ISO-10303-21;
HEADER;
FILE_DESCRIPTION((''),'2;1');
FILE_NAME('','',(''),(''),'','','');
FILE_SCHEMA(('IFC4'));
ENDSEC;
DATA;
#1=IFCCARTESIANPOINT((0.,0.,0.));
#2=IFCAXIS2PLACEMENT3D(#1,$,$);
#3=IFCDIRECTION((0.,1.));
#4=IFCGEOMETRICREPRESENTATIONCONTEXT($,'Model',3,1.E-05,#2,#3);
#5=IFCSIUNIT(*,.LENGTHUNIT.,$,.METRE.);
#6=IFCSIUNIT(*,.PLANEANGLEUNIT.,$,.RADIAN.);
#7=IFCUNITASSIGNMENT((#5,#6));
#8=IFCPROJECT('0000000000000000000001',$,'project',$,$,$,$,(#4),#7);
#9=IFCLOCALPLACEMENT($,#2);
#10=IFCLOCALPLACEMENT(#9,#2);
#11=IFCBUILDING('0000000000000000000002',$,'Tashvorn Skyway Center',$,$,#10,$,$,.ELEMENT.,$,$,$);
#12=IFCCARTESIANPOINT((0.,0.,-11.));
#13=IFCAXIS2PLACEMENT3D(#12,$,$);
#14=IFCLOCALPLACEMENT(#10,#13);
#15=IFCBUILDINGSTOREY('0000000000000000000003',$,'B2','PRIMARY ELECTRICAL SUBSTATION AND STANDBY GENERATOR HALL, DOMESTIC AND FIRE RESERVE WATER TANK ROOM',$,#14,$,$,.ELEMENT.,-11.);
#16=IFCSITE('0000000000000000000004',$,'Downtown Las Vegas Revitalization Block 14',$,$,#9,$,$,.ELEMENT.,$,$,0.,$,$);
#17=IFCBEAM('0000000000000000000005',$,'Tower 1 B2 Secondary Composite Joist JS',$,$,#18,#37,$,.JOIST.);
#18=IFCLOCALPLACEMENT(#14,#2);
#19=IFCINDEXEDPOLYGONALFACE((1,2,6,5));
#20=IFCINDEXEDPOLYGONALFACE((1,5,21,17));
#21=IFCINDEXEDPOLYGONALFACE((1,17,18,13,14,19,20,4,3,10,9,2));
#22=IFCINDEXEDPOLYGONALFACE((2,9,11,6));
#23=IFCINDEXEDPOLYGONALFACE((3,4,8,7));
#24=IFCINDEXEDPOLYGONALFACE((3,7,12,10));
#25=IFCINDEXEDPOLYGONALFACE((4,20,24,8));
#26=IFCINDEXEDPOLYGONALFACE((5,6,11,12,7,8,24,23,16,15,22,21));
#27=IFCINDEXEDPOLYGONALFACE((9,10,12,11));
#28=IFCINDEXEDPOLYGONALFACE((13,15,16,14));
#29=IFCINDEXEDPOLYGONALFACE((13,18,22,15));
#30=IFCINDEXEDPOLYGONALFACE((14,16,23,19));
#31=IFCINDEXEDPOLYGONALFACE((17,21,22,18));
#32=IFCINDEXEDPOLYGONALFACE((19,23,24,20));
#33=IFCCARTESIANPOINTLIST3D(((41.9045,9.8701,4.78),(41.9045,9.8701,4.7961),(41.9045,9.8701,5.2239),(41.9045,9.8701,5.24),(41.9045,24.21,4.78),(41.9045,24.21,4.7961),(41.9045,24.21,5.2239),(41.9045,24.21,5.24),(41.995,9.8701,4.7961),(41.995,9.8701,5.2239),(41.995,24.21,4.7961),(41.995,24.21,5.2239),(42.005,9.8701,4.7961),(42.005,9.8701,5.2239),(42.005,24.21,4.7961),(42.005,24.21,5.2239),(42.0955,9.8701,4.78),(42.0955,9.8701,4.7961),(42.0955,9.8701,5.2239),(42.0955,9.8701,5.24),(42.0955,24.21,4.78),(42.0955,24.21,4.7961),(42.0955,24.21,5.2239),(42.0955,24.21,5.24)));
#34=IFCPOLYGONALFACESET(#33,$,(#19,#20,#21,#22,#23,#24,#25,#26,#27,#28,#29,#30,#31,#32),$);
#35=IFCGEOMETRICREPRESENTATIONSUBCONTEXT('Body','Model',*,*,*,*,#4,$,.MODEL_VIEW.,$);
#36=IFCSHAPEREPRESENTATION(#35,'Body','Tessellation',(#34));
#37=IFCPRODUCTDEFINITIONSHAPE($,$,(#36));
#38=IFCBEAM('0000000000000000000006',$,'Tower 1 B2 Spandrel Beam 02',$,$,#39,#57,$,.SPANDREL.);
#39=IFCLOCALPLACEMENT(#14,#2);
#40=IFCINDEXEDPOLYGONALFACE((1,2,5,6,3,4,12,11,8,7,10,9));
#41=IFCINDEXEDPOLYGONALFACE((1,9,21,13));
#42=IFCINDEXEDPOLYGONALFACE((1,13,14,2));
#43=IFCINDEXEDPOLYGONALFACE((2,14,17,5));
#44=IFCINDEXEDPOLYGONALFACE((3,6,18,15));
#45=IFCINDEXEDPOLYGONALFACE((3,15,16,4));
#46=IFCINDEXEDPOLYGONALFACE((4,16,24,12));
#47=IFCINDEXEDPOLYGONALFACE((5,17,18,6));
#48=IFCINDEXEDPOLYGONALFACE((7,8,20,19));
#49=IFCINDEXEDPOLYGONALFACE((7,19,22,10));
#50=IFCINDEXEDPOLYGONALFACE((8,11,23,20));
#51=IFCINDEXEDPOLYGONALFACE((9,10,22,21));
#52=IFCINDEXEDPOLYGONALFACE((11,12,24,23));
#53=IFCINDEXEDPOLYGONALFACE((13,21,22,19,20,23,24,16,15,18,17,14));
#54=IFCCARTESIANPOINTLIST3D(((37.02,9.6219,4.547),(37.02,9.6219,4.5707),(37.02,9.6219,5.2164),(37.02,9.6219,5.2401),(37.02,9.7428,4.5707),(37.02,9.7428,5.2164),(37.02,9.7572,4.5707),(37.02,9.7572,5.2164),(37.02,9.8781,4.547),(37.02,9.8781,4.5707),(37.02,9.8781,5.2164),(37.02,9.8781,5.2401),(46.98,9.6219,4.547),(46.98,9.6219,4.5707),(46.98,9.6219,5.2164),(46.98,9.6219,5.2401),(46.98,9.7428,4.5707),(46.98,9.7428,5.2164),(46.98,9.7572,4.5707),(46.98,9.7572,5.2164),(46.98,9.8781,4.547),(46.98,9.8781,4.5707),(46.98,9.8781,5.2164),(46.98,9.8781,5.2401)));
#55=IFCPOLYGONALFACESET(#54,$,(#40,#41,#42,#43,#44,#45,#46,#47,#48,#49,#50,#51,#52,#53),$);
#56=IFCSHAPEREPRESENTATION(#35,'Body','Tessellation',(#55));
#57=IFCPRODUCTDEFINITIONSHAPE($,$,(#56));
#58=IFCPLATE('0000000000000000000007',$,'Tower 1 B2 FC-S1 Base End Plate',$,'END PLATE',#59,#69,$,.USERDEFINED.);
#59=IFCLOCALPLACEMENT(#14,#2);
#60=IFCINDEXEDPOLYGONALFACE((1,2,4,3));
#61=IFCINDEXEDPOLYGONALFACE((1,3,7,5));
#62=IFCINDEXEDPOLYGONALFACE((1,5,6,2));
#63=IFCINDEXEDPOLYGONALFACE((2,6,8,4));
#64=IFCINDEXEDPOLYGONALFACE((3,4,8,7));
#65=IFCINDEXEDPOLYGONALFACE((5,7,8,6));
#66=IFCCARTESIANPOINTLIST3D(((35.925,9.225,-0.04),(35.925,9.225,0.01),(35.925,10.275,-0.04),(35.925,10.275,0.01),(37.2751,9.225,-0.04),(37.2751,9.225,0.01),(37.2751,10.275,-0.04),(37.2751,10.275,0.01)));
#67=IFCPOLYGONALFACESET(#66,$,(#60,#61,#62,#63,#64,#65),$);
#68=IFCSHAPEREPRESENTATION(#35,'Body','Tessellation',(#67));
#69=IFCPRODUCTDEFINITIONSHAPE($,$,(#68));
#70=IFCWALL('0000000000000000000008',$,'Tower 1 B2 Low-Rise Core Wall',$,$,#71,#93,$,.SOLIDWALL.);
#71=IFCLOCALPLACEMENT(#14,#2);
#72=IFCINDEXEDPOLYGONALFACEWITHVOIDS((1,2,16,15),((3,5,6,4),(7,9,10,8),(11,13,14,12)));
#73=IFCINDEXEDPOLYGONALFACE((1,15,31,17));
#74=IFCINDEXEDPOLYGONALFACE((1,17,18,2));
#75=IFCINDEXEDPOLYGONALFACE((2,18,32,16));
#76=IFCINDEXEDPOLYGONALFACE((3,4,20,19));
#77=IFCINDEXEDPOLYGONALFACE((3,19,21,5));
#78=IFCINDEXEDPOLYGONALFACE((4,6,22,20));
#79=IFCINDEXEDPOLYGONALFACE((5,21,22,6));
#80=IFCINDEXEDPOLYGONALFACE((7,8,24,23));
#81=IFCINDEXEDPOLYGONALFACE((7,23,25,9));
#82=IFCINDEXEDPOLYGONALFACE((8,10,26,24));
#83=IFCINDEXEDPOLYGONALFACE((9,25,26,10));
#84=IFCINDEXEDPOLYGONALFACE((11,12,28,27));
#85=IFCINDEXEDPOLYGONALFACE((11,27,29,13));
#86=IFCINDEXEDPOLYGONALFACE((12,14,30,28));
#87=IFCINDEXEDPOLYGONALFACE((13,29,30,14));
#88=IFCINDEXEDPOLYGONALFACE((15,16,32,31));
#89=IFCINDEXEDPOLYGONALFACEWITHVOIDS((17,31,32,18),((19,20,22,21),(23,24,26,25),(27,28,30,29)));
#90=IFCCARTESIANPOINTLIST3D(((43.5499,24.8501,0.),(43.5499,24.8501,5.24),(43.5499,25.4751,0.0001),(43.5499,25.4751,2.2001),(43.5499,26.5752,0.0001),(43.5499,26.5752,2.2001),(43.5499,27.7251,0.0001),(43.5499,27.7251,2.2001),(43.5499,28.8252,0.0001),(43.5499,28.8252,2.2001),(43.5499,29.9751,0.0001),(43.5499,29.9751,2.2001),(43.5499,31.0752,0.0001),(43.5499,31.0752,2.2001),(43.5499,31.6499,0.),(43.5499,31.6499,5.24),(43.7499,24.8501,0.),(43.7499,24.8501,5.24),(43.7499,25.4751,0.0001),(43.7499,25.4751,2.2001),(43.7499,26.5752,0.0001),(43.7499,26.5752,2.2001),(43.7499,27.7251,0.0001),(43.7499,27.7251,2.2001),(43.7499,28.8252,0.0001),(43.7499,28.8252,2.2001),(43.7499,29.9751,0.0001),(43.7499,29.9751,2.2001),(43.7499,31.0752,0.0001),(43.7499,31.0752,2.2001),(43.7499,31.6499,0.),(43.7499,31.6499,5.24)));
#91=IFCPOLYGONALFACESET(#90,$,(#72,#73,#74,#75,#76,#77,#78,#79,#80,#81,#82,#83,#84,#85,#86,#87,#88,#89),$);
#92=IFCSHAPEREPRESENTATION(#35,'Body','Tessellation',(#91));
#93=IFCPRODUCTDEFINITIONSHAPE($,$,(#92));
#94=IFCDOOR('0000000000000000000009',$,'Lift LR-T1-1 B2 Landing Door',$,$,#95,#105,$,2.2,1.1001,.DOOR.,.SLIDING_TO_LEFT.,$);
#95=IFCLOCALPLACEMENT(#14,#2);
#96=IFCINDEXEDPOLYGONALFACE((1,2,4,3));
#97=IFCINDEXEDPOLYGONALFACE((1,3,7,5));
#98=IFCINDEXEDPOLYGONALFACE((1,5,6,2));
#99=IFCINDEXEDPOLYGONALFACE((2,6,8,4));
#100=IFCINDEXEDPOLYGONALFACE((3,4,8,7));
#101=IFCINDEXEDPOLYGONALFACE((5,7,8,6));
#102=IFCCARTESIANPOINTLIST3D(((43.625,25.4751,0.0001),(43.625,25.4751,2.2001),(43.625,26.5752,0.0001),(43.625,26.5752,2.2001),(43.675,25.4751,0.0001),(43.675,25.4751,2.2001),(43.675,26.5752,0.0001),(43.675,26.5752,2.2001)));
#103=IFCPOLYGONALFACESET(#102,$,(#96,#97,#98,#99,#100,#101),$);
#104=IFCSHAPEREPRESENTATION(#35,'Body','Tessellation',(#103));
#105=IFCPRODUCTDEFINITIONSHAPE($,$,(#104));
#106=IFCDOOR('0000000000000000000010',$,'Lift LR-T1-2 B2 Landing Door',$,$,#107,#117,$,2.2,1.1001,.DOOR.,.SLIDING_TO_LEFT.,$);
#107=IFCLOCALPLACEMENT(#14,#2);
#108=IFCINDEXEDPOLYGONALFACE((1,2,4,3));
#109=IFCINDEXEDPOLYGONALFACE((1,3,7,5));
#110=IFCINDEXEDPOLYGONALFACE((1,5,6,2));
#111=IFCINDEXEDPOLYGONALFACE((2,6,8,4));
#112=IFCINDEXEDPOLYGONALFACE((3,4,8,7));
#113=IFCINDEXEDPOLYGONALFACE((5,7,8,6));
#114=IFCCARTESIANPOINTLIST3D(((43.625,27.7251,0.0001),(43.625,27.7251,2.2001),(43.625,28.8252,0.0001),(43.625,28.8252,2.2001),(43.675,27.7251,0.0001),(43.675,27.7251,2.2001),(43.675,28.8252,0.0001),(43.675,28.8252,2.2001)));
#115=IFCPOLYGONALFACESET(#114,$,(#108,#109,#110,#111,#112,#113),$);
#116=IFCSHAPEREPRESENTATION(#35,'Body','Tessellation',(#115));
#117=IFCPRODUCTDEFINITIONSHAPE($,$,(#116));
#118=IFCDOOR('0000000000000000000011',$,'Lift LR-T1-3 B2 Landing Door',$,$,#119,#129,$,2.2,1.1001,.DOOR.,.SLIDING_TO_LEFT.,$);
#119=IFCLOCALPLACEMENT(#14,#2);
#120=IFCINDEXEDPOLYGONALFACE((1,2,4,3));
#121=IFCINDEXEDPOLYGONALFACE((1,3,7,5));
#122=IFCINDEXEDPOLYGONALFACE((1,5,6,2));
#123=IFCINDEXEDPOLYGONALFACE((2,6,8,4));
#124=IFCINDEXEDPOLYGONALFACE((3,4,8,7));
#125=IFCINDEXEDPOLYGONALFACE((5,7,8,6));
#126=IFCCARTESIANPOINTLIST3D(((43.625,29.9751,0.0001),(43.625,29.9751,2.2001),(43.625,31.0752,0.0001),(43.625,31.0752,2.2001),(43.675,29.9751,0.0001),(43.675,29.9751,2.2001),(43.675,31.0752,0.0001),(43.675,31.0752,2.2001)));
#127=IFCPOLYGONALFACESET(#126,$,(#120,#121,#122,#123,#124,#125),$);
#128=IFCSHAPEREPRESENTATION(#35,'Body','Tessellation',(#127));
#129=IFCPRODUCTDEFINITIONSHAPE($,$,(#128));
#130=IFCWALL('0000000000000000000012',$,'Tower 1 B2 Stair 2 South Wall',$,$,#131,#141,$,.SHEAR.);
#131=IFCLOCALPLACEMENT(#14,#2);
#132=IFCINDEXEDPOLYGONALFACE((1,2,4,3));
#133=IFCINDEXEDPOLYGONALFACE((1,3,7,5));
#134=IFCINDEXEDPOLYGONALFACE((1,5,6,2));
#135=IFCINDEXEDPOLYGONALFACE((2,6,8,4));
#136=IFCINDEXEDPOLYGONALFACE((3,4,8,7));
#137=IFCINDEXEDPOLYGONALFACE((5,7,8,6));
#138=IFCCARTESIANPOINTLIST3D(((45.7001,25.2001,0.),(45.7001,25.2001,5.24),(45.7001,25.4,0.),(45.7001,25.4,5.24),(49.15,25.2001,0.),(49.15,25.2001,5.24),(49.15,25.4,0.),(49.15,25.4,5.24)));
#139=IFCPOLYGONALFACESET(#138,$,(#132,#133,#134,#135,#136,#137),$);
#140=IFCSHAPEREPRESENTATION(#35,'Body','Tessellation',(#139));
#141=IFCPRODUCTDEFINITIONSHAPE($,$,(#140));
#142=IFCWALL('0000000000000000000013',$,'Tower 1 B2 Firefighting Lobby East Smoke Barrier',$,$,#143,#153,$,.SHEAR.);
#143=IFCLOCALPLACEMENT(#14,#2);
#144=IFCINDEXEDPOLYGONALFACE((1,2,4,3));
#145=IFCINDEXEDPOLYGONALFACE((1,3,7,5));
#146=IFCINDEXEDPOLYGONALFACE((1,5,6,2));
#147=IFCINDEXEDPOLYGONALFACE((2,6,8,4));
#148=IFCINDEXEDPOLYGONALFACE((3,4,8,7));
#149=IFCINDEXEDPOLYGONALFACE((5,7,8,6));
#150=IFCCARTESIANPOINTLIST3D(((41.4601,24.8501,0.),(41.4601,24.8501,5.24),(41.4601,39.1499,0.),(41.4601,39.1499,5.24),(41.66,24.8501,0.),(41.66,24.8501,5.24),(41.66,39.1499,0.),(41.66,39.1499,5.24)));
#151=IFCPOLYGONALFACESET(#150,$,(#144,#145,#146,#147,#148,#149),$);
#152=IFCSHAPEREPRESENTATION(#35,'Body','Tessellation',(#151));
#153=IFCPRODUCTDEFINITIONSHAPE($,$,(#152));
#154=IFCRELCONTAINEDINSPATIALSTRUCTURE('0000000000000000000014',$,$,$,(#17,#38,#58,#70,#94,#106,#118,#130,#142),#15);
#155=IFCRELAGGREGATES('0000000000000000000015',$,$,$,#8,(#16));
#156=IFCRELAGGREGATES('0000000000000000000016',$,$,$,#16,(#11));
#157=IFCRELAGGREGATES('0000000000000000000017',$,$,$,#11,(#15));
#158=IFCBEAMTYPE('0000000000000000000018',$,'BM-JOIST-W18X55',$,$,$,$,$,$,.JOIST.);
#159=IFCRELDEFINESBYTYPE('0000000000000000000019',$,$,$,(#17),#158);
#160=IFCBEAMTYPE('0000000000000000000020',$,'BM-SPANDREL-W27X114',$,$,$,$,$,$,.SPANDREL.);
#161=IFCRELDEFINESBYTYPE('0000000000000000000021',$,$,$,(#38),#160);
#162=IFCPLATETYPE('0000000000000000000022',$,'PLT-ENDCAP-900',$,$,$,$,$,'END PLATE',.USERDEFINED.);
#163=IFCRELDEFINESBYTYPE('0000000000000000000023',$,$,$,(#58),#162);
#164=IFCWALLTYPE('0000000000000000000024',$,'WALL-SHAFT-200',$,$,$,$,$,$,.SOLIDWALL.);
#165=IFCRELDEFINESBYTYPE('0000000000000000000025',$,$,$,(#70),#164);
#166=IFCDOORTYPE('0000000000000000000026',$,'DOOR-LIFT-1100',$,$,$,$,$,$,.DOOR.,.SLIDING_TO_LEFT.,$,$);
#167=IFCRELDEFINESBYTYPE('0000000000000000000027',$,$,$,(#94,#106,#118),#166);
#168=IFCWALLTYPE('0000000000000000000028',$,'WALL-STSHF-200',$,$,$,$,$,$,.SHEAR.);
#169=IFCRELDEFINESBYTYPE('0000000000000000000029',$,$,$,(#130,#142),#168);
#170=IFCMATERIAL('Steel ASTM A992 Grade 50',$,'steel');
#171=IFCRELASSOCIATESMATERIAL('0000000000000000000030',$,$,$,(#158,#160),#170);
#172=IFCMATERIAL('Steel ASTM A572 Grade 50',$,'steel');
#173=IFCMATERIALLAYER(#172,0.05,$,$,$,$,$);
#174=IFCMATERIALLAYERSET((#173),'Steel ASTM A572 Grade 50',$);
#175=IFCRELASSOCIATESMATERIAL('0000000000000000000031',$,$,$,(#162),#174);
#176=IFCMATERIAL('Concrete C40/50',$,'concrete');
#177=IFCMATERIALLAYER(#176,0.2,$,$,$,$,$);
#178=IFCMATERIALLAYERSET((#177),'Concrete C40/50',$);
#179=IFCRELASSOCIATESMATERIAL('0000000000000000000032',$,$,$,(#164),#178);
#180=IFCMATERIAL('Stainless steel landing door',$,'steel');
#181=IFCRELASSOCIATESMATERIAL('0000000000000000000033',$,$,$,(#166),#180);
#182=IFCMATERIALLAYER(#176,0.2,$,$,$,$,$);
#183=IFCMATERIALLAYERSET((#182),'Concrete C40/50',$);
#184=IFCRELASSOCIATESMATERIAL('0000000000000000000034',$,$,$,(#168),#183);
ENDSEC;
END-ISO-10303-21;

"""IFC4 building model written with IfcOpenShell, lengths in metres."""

from ifc_helpers import new_model, si_unit, direction, frame, frame_2d, origin, origin_2d, place, context, subcontext, project, spatial, rectangle, i_section, extrude, material, layer, layer_set, material_profile, profile_set, type_object, element, fill, save


model = new_model("IFC4")

# Units and contexts
model_context = context("Model", 3, precision=1e-05, world=origin(), true_north=direction((0.0, 1.0)))
body_context = subcontext(model_context, "Body", "Model", "MODEL_VIEW")
ifc_project = project(units=[si_unit("LENGTHUNIT", "METRE"), si_unit("PLANEANGLEUNIT", "RADIAN")], contexts=[model_context])

# Site, building, storey
site_placement = place(None, origin())
site = spatial("IfcSite", under=ifc_project, at=site_placement, Name="Downtown Las Vegas Revitalization Block 14", CompositionType="ELEMENT", RefElevation=0.0)
building_placement = place(site_placement, origin())
building = spatial("IfcBuilding", under=site, at=building_placement, Name="Tashvorn Skyway Center", CompositionType="ELEMENT")
storey_placement = place(building_placement, frame((0.0, 0.0, -11.0)))
storey = spatial("IfcBuildingStorey", under=building, at=storey_placement, Name="B2", Description="PRIMARY ELECTRICAL SUBSTATION AND STANDBY GENERATOR HALL, DOMESTIC AND FIRE RESERVE WATER TANK ROOM", CompositionType="ELEMENT", Elevation=-11.0)

# Shared definitions
ifc_material_1 = material(Name="Steel ASTM A572 Grade 50", Category="steel")

# Beams
ifc_material_2 = material(Name="Steel ASTM A992 Grade 50", Category="steel")
ifc_material_profile_1 = material_profile(ifc_material_2, i_section(OverallWidth=0.1909, OverallDepth=0.46, WebThickness=0.01, FlangeThickness=0.0161, at=origin_2d()), Name="W18X55")
ifc_profile_set_1 = profile_set([ifc_material_profile_1], Name="Steel ASTM A992 Grade 50")
beam_type_1 = type_object("IfcBeamType", Name="BM-JOIST-W18X55", PredefinedType="JOIST", material=ifc_profile_set_1)
beam_1_placement = place(storey_placement, frame((42.0, 24.21, 5.01), z_axis=(0.0, -1.0, 0.0), x_axis=(1.0, 0.0, 0.0)))
element("IfcBeam", 1, at=beam_1_placement, inside=storey, type_object=beam_type_1, Name="Tower 1 B2 Secondary Composite Joist JS", PredefinedType="JOIST", context=body_context, shape_type="SweptSolid", body=[
    extrude(i_section(OverallWidth=0.1909, OverallDepth=0.46, WebThickness=0.01, FlangeThickness=0.0161, at=origin_2d()), origin(), (0.0, 0.0, 1.0), 14.3398),
])
ifc_material_profile_2 = material_profile(ifc_material_2, i_section(OverallWidth=0.2561, OverallDepth=0.6931, WebThickness=0.0144, FlangeThickness=0.0237, at=origin_2d()), Name="W27X114")
ifc_profile_set_2 = profile_set([ifc_material_profile_2], Name="Steel ASTM A992 Grade 50")
beam_type_2 = type_object("IfcBeamType", Name="BM-SPANDREL-W27X114", PredefinedType="SPANDREL", material=ifc_profile_set_2)
beam_2_placement = place(storey_placement, frame((37.02, 9.75, 4.8936), z_axis=(1.0, 0.0, 0.0), x_axis=(0.0, 1.0, 0.0)))
element("IfcBeam", 2, at=beam_2_placement, inside=storey, type_object=beam_type_2, Name="Tower 1 B2 Spandrel Beam 02", PredefinedType="SPANDREL", context=body_context, shape_type="SweptSolid", body=[
    extrude(i_section(OverallWidth=0.2561, OverallDepth=0.6931, WebThickness=0.0144, FlangeThickness=0.0237, at=origin_2d()), origin(), (0.0, 0.0, 1.0), 9.96),
])

# Plate
ifc_layer_1 = layer(ifc_material_1, 0.05)
ifc_layer_set_1 = layer_set([ifc_layer_1], Name="Steel ASTM A572 Grade 50")
plate_type = type_object("IfcPlateType", Name="PLT-ENDCAP-900", ElementType="END PLATE", PredefinedType="USERDEFINED", material=ifc_layer_set_1)
plate_placement = place(storey_placement, frame((36.6001, 9.75, -0.04), z_axis=(0.0, 0.0, 1.0), x_axis=(1.0, 0.0, 0.0)))
element("IfcPlate", 3, at=plate_placement, inside=storey, type_object=plate_type, Name="Tower 1 B2 FC-S1 Base End Plate", ObjectType="END PLATE", PredefinedType="USERDEFINED", context=body_context, shape_type="SweptSolid", body=[
    extrude(rectangle(XDim=1.3501, YDim=1.05, at=origin_2d()), origin(), (0.0, 0.0, 1.0), 0.05),
])

# Wall, openings, doors
ifc_material_3 = material(Name="Concrete C40/50", Category="concrete")
ifc_layer_2 = layer(ifc_material_3, 0.2)
ifc_layer_set_2 = layer_set([ifc_layer_2], Name="Concrete C40/50")
wall_type_1 = type_object("IfcWallType", Name="WALL-SHAFT-200", PredefinedType="SOLIDWALL", material=ifc_layer_set_2)
wall_1_placement = place(storey_placement, frame((43.6499, 24.8501, 0.0), z_axis=(0.0, 0.0, 1.0), x_axis=(0.0, 1.0, 0.0)))
wall_1 = element("IfcWall", 4, at=wall_1_placement, inside=storey, type_object=wall_type_1, Name="Tower 1 B2 Low-Rise Core Wall", PredefinedType="SOLIDWALL", context=body_context, shape_type="SweptSolid", body=[
    extrude(rectangle(XDim=6.7998, YDim=0.2, at=frame_2d((3.3999, 0.0))), origin(), (0.0, 0.0, 1.0), 5.24),
])
opening_1_placement = place(wall_1_placement, frame((0.625, 0.0, 0.0)))
opening_1 = element("IfcOpeningElement", 5, at=opening_1_placement, cuts=wall_1, PredefinedType="OPENING", context=body_context, shape_type="SweptSolid", body=[
    extrude(rectangle(XDim=1.1001, YDim=2.2, at=frame_2d((0.55, 1.1001))), frame((0.0, 0.1099, 0.0), z_axis=(0.0, -1.0, 0.0), x_axis=(1.0, 0.0, 0.0)), (0.0, 0.0, 1.0), 0.22),
])
opening_2_placement = place(wall_1_placement, frame((2.875, 0.0, 0.0)))
opening_2 = element("IfcOpeningElement", 6, at=opening_2_placement, cuts=wall_1, PredefinedType="OPENING", context=body_context, shape_type="SweptSolid", body=[
    extrude(rectangle(XDim=1.1001, YDim=2.2, at=frame_2d((0.55, 1.1001))), frame((0.0, 0.1099, 0.0), z_axis=(0.0, -1.0, 0.0), x_axis=(1.0, 0.0, 0.0)), (0.0, 0.0, 1.0), 0.22),
])
opening_3_placement = place(wall_1_placement, frame((5.125, 0.0, 0.0)))
opening_3 = element("IfcOpeningElement", 7, at=opening_3_placement, cuts=wall_1, PredefinedType="OPENING", context=body_context, shape_type="SweptSolid", body=[
    extrude(rectangle(XDim=1.1001, YDim=2.2, at=frame_2d((0.55, 1.1001))), frame((0.0, 0.1099, 0.0), z_axis=(0.0, -1.0, 0.0), x_axis=(1.0, 0.0, 0.0)), (0.0, 0.0, 1.0), 0.22),
])
ifc_material_4 = material(Name="Stainless steel landing door", Category="steel")
door_type_1 = type_object("IfcDoorType", Name="DOOR-LIFT-1100", OperationType="SLIDING_TO_LEFT", PredefinedType="DOOR", material=ifc_material_4)
door_1_placement = place(opening_1_placement, origin())
door_1 = element("IfcDoor", 8, at=door_1_placement, inside=storey, type_object=door_type_1, Name="Lift LR-T1-1 B2 Landing Door", OperationType="SLIDING_TO_LEFT", OverallHeight=2.2, OverallWidth=1.1001, PredefinedType="DOOR", context=body_context, shape_type="SweptSolid", body=[
    extrude(rectangle(XDim=1.1001, YDim=2.2, at=frame_2d((0.55, 1.1001))), frame((0.0, 0.0249, 0.0), z_axis=(0.0, -1.0, 0.0), x_axis=(1.0, 0.0, 0.0)), (0.0, 0.0, 1.0), 0.05),
])
fill(opening_1, door_1)
door_2_placement = place(opening_2_placement, origin())
door_2 = element("IfcDoor", 9, at=door_2_placement, inside=storey, type_object=door_type_1, Name="Lift LR-T1-2 B2 Landing Door", OperationType="SLIDING_TO_LEFT", OverallHeight=2.2, OverallWidth=1.1001, PredefinedType="DOOR", context=body_context, shape_type="SweptSolid", body=[
    extrude(rectangle(XDim=1.1001, YDim=2.2, at=frame_2d((0.55, 1.1001))), frame((0.0, 0.0249, 0.0), z_axis=(0.0, -1.0, 0.0), x_axis=(1.0, 0.0, 0.0)), (0.0, 0.0, 1.0), 0.05),
])
fill(opening_2, door_2)
door_3_placement = place(opening_3_placement, origin())
door_3 = element("IfcDoor", 10, at=door_3_placement, inside=storey, type_object=door_type_1, Name="Lift LR-T1-3 B2 Landing Door", OperationType="SLIDING_TO_LEFT", OverallHeight=2.2, OverallWidth=1.1001, PredefinedType="DOOR", context=body_context, shape_type="SweptSolid", body=[
    extrude(rectangle(XDim=1.1001, YDim=2.2, at=frame_2d((0.55, 1.1001))), frame((0.0, 0.0249, 0.0), z_axis=(0.0, -1.0, 0.0), x_axis=(1.0, 0.0, 0.0)), (0.0, 0.0, 1.0), 0.05),
])
fill(opening_3, door_3)

# Walls
ifc_layer_3 = layer(ifc_material_3, 0.2)
ifc_layer_set_3 = layer_set([ifc_layer_3], Name="Concrete C40/50")
wall_type_2 = type_object("IfcWallType", Name="WALL-STSHF-200", PredefinedType="SHEAR", material=ifc_layer_set_3)
wall_2_placement = place(storey_placement, frame((45.7, 25.3, 0.0), z_axis=(0.0, 0.0, 1.0), x_axis=(1.0, 0.0, 0.0)))
element("IfcWall", 11, at=wall_2_placement, inside=storey, type_object=wall_type_2, Name="Tower 1 B2 Stair 2 South Wall", PredefinedType="SHEAR", context=body_context, shape_type="SweptSolid", body=[
    extrude(rectangle(XDim=3.45, YDim=0.2, at=frame_2d((1.7251, 0.0))), origin(), (0.0, 0.0, 1.0), 5.24),
])
wall_3_placement = place(storey_placement, frame((41.5601, 24.8501, 0.0), z_axis=(0.0, 0.0, 1.0), x_axis=(0.0, 1.0, 0.0)))
element("IfcWall", 12, at=wall_3_placement, inside=storey, type_object=wall_type_2, Name="Tower 1 B2 Firefighting Lobby East Smoke Barrier", PredefinedType="SHEAR", context=body_context, shape_type="SweptSolid", body=[
    extrude(rectangle(XDim=14.2998, YDim=0.2, at=frame_2d((7.1499, 0.0))), origin(), (0.0, 0.0, 1.0), 5.24),
])

save(model, "model.ifc")
